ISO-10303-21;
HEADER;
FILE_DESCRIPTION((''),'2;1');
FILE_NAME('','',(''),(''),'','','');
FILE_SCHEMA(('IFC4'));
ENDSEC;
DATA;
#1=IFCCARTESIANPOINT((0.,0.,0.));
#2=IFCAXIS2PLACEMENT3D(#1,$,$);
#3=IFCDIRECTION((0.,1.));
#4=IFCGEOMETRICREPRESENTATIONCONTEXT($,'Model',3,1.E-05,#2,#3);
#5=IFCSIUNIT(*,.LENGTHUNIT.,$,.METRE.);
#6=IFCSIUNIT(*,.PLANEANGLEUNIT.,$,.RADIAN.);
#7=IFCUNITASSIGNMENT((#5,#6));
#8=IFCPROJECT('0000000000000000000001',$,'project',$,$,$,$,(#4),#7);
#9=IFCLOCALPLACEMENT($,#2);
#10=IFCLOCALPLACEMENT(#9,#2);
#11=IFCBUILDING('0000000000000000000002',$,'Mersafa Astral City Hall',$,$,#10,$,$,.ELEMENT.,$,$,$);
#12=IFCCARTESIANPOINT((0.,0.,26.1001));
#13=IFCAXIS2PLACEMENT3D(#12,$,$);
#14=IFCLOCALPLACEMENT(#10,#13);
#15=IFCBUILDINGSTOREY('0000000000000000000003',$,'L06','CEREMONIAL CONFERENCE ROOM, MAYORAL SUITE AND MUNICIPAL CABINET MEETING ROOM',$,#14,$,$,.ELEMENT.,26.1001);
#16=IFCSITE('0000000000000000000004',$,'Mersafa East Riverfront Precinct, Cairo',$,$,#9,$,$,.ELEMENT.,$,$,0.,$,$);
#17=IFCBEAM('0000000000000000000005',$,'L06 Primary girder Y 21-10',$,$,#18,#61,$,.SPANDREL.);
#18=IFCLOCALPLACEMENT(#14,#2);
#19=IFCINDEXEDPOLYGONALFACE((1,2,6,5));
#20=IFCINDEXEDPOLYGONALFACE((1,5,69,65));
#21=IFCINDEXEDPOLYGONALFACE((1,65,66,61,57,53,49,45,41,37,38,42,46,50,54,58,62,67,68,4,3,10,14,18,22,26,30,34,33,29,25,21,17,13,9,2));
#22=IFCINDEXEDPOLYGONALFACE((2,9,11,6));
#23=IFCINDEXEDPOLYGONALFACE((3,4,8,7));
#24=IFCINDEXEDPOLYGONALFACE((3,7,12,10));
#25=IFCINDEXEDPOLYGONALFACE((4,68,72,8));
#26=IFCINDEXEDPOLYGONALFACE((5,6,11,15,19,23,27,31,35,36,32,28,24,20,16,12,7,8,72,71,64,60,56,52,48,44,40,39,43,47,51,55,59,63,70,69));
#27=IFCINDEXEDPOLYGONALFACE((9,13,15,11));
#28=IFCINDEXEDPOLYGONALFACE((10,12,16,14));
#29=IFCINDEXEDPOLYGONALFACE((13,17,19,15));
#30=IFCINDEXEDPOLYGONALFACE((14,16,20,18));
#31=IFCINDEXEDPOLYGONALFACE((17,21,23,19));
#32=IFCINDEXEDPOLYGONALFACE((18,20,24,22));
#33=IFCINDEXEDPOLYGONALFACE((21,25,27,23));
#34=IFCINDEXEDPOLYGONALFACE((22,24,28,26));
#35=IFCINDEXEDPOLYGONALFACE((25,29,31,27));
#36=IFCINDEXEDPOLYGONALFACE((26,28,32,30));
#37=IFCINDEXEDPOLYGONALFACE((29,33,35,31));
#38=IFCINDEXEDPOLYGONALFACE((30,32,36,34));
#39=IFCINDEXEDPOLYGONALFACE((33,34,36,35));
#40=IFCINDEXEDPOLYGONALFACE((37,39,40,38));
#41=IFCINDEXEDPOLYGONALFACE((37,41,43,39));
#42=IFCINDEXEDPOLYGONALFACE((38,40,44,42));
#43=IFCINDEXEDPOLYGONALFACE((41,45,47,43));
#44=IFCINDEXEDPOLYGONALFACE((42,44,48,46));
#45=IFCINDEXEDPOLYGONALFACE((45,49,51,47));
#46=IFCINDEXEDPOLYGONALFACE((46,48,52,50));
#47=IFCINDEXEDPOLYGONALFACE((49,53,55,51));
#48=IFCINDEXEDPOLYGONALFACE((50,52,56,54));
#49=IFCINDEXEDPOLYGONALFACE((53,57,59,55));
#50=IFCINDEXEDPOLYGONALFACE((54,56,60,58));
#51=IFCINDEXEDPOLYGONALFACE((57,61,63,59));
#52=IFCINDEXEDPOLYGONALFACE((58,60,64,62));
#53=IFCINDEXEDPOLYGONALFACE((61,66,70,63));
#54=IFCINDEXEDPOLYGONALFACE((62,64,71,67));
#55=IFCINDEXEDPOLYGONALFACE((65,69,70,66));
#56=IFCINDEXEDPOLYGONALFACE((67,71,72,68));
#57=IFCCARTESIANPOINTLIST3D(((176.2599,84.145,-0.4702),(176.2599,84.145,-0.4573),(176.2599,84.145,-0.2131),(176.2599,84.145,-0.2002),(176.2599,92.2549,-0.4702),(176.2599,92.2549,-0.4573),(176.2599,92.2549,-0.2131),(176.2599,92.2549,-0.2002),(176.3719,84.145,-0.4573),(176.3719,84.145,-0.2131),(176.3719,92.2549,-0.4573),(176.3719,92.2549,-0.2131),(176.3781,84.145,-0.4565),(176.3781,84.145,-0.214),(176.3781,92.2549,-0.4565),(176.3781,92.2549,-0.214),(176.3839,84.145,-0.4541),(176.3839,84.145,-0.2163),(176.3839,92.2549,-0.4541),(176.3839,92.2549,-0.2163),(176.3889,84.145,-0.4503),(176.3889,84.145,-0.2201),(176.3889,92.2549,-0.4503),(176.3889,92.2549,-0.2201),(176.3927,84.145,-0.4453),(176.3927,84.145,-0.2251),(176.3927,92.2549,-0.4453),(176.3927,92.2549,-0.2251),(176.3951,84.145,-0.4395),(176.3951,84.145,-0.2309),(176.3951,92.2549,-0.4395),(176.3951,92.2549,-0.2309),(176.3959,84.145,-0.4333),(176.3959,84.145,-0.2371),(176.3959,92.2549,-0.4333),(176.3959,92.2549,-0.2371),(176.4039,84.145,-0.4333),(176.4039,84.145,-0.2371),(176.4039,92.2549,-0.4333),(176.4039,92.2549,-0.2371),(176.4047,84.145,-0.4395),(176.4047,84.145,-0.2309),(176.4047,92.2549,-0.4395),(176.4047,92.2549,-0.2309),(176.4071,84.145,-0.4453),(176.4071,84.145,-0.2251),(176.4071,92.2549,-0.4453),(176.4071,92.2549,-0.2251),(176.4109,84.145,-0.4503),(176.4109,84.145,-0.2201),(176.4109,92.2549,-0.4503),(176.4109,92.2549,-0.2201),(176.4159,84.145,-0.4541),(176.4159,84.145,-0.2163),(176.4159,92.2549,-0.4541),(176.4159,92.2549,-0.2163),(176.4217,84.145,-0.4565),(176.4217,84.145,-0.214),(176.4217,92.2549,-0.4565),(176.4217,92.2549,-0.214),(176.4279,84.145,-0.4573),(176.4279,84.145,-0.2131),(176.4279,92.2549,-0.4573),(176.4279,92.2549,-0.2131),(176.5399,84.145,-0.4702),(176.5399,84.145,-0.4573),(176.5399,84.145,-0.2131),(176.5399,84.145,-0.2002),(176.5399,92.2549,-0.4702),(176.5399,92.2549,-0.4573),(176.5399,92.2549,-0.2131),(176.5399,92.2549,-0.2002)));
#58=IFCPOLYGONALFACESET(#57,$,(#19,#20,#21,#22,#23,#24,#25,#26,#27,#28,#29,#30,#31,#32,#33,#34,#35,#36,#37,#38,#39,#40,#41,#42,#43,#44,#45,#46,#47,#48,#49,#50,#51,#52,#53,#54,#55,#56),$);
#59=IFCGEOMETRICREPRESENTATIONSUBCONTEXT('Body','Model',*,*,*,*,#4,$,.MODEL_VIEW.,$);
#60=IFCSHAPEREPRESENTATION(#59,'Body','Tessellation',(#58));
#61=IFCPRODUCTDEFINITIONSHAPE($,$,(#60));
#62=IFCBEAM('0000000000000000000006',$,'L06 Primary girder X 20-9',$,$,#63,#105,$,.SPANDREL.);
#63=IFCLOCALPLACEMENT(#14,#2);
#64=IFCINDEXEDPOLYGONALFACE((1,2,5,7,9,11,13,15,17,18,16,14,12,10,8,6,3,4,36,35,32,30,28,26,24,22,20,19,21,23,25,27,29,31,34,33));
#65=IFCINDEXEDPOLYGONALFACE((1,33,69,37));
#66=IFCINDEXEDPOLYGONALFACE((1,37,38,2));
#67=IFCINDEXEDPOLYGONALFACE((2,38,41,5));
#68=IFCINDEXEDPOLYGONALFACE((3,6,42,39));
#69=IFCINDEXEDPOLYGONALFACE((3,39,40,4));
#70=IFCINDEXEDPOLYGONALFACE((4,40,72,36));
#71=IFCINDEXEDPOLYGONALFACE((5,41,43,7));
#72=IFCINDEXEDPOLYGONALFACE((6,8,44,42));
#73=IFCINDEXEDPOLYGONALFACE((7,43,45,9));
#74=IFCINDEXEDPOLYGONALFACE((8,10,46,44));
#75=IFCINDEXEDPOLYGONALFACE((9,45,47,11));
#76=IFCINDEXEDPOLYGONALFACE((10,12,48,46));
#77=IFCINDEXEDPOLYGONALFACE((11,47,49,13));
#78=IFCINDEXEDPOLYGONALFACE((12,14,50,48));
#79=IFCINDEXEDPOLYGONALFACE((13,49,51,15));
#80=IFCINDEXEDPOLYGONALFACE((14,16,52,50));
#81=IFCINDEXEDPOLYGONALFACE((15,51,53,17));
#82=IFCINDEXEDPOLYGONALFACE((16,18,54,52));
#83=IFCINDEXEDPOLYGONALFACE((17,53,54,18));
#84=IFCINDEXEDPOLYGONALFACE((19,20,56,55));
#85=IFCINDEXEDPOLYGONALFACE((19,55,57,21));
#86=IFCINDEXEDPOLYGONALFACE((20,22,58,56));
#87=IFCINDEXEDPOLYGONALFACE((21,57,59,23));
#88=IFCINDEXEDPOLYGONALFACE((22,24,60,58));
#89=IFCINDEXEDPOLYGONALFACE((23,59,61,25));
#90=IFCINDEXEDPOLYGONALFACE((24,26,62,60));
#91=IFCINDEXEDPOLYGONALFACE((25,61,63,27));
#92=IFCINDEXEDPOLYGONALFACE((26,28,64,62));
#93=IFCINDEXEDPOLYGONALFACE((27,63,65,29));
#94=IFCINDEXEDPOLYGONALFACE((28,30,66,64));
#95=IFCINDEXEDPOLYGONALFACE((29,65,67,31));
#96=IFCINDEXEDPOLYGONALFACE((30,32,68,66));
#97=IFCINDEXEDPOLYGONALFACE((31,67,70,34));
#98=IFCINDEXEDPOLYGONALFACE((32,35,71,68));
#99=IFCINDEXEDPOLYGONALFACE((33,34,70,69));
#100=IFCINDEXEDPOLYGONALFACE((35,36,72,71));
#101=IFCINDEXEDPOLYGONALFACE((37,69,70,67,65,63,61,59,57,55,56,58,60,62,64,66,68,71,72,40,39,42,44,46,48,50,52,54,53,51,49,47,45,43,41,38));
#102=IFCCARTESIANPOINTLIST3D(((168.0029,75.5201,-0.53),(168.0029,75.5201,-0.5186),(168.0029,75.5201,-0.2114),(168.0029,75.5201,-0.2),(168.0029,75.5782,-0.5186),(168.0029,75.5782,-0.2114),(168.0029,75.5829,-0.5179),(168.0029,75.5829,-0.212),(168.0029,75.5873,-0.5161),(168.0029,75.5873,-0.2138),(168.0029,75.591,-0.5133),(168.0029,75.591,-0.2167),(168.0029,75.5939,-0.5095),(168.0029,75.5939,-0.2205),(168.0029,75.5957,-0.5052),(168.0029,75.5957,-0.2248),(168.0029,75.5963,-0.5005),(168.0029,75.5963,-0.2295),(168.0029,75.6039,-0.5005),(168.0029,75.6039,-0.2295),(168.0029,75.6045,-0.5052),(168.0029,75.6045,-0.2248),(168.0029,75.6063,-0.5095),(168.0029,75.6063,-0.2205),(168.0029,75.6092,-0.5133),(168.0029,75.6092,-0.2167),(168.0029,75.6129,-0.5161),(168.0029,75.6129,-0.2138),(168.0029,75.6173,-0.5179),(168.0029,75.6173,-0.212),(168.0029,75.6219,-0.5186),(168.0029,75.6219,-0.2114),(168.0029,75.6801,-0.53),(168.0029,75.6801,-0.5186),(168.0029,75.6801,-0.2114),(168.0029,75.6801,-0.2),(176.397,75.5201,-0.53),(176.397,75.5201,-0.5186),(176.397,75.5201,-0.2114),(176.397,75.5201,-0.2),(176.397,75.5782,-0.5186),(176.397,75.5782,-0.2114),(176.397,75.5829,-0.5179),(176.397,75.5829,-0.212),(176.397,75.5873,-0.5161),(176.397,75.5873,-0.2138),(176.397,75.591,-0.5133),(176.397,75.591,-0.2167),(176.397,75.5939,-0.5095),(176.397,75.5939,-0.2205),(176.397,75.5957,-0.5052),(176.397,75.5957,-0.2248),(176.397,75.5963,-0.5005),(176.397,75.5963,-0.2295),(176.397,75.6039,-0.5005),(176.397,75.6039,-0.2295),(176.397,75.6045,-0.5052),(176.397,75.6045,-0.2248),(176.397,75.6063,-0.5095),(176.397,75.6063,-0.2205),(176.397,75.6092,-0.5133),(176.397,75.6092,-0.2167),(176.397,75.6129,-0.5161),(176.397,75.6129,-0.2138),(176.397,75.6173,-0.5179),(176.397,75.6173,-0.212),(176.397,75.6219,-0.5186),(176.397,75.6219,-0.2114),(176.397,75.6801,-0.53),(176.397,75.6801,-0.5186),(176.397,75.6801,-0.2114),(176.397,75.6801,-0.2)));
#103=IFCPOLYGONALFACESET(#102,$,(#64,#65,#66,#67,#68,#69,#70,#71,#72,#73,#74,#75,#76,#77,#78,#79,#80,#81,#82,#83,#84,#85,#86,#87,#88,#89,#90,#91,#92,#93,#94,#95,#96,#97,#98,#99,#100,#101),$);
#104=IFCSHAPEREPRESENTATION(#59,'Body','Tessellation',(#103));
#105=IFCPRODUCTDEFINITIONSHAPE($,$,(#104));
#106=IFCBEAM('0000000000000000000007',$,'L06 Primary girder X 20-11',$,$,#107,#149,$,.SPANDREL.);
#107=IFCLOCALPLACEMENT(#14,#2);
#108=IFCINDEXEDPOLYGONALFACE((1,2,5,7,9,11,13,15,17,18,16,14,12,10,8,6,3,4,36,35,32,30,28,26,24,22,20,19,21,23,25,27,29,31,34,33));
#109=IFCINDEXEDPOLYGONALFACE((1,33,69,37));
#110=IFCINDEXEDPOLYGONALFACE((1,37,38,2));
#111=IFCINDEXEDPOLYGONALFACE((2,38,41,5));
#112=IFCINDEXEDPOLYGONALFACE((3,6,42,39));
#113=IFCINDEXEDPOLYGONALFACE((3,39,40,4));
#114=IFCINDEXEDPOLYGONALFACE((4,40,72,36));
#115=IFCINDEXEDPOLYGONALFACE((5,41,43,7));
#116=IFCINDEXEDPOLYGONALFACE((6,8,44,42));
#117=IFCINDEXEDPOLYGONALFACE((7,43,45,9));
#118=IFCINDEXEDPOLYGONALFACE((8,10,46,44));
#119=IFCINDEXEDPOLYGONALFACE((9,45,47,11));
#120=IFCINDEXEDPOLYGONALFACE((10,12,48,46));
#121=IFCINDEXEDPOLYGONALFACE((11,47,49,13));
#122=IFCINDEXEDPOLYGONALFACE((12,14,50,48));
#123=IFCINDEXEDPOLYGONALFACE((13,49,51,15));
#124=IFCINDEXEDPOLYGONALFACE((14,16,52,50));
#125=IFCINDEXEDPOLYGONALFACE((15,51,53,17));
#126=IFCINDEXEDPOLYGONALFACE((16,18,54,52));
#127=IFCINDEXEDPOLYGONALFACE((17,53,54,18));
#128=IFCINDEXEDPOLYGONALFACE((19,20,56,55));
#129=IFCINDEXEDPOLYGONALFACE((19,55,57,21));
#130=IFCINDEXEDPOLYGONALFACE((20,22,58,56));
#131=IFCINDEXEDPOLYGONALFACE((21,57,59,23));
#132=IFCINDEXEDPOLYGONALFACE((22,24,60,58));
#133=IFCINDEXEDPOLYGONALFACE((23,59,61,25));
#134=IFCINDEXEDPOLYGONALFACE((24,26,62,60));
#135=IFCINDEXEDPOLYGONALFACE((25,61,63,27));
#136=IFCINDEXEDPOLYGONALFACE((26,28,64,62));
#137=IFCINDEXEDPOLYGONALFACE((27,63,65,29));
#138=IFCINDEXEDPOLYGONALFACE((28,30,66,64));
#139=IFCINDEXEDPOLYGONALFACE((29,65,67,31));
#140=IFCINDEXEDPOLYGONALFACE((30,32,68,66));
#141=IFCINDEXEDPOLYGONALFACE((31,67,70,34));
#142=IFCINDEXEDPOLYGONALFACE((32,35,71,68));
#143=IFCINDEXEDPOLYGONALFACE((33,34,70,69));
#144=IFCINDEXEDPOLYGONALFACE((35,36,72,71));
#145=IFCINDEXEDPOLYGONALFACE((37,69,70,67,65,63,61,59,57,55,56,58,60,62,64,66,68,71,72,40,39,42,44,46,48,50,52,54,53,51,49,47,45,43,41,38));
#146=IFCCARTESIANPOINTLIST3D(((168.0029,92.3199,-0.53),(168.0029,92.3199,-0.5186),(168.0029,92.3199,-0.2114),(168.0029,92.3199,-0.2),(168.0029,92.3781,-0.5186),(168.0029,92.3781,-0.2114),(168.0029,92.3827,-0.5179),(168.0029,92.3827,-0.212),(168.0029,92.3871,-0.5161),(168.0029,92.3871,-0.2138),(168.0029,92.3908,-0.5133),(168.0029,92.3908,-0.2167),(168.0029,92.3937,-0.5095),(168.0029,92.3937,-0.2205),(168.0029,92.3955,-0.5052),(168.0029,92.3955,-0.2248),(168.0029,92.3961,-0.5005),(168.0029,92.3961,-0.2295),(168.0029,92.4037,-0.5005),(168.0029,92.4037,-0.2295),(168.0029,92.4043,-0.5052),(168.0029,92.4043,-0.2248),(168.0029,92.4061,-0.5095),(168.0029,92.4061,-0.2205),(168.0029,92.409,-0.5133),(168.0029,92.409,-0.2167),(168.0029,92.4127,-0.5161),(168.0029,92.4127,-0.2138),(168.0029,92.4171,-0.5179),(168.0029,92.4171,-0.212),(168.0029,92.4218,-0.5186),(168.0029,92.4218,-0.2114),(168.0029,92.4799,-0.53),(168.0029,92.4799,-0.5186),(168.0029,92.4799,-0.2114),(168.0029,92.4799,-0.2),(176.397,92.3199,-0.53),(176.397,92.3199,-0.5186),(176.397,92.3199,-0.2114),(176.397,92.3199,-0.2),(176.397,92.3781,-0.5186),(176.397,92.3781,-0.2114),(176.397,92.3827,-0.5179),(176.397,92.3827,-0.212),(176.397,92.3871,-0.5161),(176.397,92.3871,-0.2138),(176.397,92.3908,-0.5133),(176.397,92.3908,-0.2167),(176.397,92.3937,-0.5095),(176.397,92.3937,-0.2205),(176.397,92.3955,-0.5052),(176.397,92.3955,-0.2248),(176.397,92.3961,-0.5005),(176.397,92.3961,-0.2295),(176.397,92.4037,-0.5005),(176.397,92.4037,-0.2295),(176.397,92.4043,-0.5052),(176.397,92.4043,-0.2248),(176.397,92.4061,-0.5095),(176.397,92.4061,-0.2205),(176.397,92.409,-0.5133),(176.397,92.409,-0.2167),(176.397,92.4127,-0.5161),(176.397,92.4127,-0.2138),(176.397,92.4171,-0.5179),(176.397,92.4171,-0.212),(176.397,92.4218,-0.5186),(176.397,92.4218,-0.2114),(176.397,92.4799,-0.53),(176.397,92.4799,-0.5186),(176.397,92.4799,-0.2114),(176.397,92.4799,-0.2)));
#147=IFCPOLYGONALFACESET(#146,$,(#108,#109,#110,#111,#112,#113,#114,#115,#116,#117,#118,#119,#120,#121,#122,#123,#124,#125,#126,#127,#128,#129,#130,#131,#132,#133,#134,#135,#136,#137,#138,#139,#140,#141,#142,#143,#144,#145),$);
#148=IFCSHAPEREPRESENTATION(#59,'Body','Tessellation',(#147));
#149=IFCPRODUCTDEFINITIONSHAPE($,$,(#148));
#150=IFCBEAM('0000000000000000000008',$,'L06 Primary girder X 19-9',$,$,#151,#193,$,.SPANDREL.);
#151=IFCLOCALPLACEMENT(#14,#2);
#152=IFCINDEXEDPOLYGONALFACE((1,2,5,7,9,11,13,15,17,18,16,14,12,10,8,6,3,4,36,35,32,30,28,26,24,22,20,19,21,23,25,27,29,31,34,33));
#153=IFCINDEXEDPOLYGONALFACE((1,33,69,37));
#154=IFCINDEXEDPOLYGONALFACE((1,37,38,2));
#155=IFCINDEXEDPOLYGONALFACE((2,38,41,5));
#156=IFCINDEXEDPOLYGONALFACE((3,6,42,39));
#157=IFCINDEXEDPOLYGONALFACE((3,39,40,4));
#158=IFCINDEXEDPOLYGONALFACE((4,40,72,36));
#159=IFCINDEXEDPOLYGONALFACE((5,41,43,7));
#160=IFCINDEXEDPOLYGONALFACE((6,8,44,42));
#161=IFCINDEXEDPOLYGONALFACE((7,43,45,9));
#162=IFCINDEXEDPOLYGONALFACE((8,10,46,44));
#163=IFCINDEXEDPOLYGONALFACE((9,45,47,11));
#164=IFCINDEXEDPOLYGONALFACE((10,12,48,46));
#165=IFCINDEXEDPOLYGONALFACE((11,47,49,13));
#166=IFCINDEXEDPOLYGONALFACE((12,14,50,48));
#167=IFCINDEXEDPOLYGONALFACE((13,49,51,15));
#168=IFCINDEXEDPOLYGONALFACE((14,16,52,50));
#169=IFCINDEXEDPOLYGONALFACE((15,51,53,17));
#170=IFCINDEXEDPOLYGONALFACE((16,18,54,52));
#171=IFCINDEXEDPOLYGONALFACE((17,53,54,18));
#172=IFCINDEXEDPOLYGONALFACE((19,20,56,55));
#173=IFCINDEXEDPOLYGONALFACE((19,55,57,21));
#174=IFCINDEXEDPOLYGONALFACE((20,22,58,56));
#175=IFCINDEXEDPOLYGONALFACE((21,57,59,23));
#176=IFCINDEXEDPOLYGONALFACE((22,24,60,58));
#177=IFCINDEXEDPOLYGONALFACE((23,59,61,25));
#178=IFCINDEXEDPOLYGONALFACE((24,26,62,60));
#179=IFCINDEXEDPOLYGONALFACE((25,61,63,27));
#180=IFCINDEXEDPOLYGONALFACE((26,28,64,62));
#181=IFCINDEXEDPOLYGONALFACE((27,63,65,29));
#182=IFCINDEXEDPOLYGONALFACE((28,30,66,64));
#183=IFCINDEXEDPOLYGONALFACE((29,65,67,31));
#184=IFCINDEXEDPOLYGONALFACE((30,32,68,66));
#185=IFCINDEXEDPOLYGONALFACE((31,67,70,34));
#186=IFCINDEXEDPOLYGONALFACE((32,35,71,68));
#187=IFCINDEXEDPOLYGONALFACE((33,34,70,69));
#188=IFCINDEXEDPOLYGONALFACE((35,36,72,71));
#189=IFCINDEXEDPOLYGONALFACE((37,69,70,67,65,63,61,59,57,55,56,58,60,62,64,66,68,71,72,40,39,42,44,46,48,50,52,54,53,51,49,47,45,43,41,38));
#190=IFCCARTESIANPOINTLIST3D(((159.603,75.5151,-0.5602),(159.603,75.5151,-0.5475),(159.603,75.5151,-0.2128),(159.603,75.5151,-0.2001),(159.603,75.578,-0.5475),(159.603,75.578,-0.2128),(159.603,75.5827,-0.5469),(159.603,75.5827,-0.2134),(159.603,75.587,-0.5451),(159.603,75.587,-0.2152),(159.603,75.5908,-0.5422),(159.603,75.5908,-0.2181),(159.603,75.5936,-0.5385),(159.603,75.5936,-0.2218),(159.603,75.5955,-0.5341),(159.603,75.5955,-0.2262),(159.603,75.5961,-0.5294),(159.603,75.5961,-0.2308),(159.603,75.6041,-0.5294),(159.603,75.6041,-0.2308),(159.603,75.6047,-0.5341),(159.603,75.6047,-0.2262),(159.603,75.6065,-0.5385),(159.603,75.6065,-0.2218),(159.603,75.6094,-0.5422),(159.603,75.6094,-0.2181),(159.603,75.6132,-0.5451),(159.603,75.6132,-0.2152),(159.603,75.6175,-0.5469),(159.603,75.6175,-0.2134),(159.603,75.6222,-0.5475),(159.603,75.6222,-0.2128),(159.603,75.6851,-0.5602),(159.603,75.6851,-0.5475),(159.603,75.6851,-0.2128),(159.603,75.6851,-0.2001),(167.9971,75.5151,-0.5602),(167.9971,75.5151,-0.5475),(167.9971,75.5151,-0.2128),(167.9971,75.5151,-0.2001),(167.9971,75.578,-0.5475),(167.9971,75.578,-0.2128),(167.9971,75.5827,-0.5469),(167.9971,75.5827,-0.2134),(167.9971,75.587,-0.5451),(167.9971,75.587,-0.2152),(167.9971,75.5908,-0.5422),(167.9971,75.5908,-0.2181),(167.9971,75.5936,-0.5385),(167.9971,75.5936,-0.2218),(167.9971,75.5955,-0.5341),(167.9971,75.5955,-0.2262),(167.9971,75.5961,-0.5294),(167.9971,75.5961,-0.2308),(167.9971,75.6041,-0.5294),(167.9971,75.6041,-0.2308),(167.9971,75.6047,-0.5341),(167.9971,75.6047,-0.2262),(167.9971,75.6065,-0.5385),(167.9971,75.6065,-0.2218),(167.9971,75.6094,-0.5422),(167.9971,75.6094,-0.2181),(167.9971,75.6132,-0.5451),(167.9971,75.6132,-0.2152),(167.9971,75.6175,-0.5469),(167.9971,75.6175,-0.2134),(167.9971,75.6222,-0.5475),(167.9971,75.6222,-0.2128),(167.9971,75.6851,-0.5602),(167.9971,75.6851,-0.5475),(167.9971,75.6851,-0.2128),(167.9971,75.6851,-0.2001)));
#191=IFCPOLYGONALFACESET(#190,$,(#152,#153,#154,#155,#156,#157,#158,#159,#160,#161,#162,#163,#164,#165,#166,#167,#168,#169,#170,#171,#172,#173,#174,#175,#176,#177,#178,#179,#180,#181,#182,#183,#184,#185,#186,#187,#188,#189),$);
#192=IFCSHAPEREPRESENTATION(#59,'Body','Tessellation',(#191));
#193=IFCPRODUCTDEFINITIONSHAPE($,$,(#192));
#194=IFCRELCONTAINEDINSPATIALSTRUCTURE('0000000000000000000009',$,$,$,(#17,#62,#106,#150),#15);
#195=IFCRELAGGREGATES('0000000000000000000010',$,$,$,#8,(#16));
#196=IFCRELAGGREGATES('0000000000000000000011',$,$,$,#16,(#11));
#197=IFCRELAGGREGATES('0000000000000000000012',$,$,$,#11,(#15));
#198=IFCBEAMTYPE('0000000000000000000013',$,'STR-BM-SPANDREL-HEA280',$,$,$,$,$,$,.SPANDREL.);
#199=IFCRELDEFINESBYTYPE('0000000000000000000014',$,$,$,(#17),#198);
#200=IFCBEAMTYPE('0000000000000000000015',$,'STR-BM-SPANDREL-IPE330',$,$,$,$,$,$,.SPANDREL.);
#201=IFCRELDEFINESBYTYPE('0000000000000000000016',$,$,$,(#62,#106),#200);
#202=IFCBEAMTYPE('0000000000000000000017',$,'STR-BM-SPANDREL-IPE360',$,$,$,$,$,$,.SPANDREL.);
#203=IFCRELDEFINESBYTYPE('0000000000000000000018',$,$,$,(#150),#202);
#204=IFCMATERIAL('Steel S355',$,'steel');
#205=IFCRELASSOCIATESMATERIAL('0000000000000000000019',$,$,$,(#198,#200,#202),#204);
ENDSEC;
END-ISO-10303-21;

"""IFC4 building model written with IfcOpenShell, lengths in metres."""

from ifc_helpers import new_model, si_unit, direction, frame, origin, origin_2d, place, context, subcontext, project, spatial, i_section, extrude, material, material_profile, profile_set, type_object, element, save


model = new_model("IFC4")

# Units and contexts
model_context = context("Model", 3, precision=1e-05, world=origin(), true_north=direction((0.0, 1.0)))
body_context = subcontext(model_context, "Body", "Model", "MODEL_VIEW")
ifc_project = project(units=[si_unit("LENGTHUNIT", "METRE"), si_unit("PLANEANGLEUNIT", "RADIAN")], contexts=[model_context])

# Site, building, storey
site_placement = place(None, origin())
site = spatial("IfcSite", under=ifc_project, at=site_placement, Name="Mersafa East Riverfront Precinct, Cairo", CompositionType="ELEMENT", RefElevation=0.0)
building_placement = place(site_placement, origin())
building = spatial("IfcBuilding", under=site, at=building_placement, Name="Mersafa Astral City Hall", CompositionType="ELEMENT")
storey_placement = place(building_placement, frame((0.0, 0.0, 26.1001)))
storey = spatial("IfcBuildingStorey", under=building, at=storey_placement, Name="L06", Description="CEREMONIAL CONFERENCE ROOM, MAYORAL SUITE AND MUNICIPAL CABINET MEETING ROOM", CompositionType="ELEMENT", Elevation=26.1001)

# Beams
ifc_material_1 = material(Name="Steel S355", Category="steel")
ifc_material_profile_1 = material_profile(ifc_material_1, i_section(OverallWidth=0.28, OverallDepth=0.27, WebThickness=0.0081, FlangeThickness=0.0129, FilletRadius=0.0239, at=origin_2d()), Name="HEA 280")
ifc_profile_set_1 = profile_set([ifc_material_profile_1], Name="Steel S355")
beam_type_1 = type_object("IfcBeamType", Name="STR-BM-SPANDREL-HEA280", PredefinedType="SPANDREL", material=ifc_profile_set_1)
beam_1_placement = place(storey_placement, frame((176.3999, 84.145, -0.3352), z_axis=(0.0, 1.0, 0.0), x_axis=(-1.0, 0.0, 0.0)))
element("IfcBeam", 1, at=beam_1_placement, inside=storey, type_object=beam_type_1, Name="L06 Primary girder Y 21-10", PredefinedType="SPANDREL", context=body_context, shape_type="SweptSolid", body=[
    extrude(i_section(OverallWidth=0.28, OverallDepth=0.27, WebThickness=0.0081, FlangeThickness=0.0129, FilletRadius=0.0239, at=origin_2d()), origin(), (0.0, 0.0, 1.0), 8.1099),
])
ifc_material_profile_2 = material_profile(ifc_material_1, i_section(OverallWidth=0.1599, OverallDepth=0.3301, WebThickness=0.0076, FlangeThickness=0.0115, FilletRadius=0.0181, at=origin_2d()), Name="IPE 330")
ifc_profile_set_2 = profile_set([ifc_material_profile_2], Name="Steel S355")
beam_type_2 = type_object("IfcBeamType", Name="STR-BM-SPANDREL-IPE330", PredefinedType="SPANDREL", material=ifc_profile_set_2)
for number, where, z_axis, x_axis, name in (
    (2, (168.0029, 75.6001, -0.365), (1.0, 0.0, 0.0), (0.0, 1.0, 0.0), "L06 Primary girder X 20-9"),
    (3, (168.0029, 92.3999, -0.365), (1.0, 0.0, 0.0), (0.0, 1.0, 0.0), "L06 Primary girder X 20-11"),
):
    element("IfcBeam", number, at=place(storey_placement, frame(where, z_axis=z_axis, x_axis=x_axis)), inside=storey, type_object=beam_type_2, Name=name, PredefinedType="SPANDREL", context=body_context, shape_type="SweptSolid", body=[
        extrude(i_section(OverallWidth=0.1599, OverallDepth=0.3301, WebThickness=0.0076, FlangeThickness=0.0115, FilletRadius=0.0181, at=origin_2d()), origin(), (0.0, 0.0, 1.0), 8.394),
    ])
ifc_material_profile_3 = material_profile(ifc_material_1, i_section(OverallWidth=0.1699, OverallDepth=0.3601, WebThickness=0.0081, FlangeThickness=0.0127, FilletRadius=0.0181, at=origin_2d()), Name="IPE 360")
ifc_profile_set_3 = profile_set([ifc_material_profile_3], Name="Steel S355")
beam_type_3 = type_object("IfcBeamType", Name="STR-BM-SPANDREL-IPE360", PredefinedType="SPANDREL", material=ifc_profile_set_3)
for number, where, z_axis, x_axis, name in (
    (4, (159.603, 75.6001, -0.3801), (1.0, 0.0, 0.0), (0.0, 1.0, 0.0), "L06 Primary girder X 19-9"),
):
    element("IfcBeam", number, at=place(storey_placement, frame(where, z_axis=z_axis, x_axis=x_axis)), inside=storey, type_object=beam_type_3, Name=name, PredefinedType="SPANDREL", context=body_context, shape_type="SweptSolid", body=[
        extrude(i_section(OverallWidth=0.1699, OverallDepth=0.3601, WebThickness=0.0081, FlangeThickness=0.0127, FilletRadius=0.0181, at=origin_2d()), origin(), (0.0, 0.0, 1.0), 8.394),
    ])

save(model, "model.ifc")
